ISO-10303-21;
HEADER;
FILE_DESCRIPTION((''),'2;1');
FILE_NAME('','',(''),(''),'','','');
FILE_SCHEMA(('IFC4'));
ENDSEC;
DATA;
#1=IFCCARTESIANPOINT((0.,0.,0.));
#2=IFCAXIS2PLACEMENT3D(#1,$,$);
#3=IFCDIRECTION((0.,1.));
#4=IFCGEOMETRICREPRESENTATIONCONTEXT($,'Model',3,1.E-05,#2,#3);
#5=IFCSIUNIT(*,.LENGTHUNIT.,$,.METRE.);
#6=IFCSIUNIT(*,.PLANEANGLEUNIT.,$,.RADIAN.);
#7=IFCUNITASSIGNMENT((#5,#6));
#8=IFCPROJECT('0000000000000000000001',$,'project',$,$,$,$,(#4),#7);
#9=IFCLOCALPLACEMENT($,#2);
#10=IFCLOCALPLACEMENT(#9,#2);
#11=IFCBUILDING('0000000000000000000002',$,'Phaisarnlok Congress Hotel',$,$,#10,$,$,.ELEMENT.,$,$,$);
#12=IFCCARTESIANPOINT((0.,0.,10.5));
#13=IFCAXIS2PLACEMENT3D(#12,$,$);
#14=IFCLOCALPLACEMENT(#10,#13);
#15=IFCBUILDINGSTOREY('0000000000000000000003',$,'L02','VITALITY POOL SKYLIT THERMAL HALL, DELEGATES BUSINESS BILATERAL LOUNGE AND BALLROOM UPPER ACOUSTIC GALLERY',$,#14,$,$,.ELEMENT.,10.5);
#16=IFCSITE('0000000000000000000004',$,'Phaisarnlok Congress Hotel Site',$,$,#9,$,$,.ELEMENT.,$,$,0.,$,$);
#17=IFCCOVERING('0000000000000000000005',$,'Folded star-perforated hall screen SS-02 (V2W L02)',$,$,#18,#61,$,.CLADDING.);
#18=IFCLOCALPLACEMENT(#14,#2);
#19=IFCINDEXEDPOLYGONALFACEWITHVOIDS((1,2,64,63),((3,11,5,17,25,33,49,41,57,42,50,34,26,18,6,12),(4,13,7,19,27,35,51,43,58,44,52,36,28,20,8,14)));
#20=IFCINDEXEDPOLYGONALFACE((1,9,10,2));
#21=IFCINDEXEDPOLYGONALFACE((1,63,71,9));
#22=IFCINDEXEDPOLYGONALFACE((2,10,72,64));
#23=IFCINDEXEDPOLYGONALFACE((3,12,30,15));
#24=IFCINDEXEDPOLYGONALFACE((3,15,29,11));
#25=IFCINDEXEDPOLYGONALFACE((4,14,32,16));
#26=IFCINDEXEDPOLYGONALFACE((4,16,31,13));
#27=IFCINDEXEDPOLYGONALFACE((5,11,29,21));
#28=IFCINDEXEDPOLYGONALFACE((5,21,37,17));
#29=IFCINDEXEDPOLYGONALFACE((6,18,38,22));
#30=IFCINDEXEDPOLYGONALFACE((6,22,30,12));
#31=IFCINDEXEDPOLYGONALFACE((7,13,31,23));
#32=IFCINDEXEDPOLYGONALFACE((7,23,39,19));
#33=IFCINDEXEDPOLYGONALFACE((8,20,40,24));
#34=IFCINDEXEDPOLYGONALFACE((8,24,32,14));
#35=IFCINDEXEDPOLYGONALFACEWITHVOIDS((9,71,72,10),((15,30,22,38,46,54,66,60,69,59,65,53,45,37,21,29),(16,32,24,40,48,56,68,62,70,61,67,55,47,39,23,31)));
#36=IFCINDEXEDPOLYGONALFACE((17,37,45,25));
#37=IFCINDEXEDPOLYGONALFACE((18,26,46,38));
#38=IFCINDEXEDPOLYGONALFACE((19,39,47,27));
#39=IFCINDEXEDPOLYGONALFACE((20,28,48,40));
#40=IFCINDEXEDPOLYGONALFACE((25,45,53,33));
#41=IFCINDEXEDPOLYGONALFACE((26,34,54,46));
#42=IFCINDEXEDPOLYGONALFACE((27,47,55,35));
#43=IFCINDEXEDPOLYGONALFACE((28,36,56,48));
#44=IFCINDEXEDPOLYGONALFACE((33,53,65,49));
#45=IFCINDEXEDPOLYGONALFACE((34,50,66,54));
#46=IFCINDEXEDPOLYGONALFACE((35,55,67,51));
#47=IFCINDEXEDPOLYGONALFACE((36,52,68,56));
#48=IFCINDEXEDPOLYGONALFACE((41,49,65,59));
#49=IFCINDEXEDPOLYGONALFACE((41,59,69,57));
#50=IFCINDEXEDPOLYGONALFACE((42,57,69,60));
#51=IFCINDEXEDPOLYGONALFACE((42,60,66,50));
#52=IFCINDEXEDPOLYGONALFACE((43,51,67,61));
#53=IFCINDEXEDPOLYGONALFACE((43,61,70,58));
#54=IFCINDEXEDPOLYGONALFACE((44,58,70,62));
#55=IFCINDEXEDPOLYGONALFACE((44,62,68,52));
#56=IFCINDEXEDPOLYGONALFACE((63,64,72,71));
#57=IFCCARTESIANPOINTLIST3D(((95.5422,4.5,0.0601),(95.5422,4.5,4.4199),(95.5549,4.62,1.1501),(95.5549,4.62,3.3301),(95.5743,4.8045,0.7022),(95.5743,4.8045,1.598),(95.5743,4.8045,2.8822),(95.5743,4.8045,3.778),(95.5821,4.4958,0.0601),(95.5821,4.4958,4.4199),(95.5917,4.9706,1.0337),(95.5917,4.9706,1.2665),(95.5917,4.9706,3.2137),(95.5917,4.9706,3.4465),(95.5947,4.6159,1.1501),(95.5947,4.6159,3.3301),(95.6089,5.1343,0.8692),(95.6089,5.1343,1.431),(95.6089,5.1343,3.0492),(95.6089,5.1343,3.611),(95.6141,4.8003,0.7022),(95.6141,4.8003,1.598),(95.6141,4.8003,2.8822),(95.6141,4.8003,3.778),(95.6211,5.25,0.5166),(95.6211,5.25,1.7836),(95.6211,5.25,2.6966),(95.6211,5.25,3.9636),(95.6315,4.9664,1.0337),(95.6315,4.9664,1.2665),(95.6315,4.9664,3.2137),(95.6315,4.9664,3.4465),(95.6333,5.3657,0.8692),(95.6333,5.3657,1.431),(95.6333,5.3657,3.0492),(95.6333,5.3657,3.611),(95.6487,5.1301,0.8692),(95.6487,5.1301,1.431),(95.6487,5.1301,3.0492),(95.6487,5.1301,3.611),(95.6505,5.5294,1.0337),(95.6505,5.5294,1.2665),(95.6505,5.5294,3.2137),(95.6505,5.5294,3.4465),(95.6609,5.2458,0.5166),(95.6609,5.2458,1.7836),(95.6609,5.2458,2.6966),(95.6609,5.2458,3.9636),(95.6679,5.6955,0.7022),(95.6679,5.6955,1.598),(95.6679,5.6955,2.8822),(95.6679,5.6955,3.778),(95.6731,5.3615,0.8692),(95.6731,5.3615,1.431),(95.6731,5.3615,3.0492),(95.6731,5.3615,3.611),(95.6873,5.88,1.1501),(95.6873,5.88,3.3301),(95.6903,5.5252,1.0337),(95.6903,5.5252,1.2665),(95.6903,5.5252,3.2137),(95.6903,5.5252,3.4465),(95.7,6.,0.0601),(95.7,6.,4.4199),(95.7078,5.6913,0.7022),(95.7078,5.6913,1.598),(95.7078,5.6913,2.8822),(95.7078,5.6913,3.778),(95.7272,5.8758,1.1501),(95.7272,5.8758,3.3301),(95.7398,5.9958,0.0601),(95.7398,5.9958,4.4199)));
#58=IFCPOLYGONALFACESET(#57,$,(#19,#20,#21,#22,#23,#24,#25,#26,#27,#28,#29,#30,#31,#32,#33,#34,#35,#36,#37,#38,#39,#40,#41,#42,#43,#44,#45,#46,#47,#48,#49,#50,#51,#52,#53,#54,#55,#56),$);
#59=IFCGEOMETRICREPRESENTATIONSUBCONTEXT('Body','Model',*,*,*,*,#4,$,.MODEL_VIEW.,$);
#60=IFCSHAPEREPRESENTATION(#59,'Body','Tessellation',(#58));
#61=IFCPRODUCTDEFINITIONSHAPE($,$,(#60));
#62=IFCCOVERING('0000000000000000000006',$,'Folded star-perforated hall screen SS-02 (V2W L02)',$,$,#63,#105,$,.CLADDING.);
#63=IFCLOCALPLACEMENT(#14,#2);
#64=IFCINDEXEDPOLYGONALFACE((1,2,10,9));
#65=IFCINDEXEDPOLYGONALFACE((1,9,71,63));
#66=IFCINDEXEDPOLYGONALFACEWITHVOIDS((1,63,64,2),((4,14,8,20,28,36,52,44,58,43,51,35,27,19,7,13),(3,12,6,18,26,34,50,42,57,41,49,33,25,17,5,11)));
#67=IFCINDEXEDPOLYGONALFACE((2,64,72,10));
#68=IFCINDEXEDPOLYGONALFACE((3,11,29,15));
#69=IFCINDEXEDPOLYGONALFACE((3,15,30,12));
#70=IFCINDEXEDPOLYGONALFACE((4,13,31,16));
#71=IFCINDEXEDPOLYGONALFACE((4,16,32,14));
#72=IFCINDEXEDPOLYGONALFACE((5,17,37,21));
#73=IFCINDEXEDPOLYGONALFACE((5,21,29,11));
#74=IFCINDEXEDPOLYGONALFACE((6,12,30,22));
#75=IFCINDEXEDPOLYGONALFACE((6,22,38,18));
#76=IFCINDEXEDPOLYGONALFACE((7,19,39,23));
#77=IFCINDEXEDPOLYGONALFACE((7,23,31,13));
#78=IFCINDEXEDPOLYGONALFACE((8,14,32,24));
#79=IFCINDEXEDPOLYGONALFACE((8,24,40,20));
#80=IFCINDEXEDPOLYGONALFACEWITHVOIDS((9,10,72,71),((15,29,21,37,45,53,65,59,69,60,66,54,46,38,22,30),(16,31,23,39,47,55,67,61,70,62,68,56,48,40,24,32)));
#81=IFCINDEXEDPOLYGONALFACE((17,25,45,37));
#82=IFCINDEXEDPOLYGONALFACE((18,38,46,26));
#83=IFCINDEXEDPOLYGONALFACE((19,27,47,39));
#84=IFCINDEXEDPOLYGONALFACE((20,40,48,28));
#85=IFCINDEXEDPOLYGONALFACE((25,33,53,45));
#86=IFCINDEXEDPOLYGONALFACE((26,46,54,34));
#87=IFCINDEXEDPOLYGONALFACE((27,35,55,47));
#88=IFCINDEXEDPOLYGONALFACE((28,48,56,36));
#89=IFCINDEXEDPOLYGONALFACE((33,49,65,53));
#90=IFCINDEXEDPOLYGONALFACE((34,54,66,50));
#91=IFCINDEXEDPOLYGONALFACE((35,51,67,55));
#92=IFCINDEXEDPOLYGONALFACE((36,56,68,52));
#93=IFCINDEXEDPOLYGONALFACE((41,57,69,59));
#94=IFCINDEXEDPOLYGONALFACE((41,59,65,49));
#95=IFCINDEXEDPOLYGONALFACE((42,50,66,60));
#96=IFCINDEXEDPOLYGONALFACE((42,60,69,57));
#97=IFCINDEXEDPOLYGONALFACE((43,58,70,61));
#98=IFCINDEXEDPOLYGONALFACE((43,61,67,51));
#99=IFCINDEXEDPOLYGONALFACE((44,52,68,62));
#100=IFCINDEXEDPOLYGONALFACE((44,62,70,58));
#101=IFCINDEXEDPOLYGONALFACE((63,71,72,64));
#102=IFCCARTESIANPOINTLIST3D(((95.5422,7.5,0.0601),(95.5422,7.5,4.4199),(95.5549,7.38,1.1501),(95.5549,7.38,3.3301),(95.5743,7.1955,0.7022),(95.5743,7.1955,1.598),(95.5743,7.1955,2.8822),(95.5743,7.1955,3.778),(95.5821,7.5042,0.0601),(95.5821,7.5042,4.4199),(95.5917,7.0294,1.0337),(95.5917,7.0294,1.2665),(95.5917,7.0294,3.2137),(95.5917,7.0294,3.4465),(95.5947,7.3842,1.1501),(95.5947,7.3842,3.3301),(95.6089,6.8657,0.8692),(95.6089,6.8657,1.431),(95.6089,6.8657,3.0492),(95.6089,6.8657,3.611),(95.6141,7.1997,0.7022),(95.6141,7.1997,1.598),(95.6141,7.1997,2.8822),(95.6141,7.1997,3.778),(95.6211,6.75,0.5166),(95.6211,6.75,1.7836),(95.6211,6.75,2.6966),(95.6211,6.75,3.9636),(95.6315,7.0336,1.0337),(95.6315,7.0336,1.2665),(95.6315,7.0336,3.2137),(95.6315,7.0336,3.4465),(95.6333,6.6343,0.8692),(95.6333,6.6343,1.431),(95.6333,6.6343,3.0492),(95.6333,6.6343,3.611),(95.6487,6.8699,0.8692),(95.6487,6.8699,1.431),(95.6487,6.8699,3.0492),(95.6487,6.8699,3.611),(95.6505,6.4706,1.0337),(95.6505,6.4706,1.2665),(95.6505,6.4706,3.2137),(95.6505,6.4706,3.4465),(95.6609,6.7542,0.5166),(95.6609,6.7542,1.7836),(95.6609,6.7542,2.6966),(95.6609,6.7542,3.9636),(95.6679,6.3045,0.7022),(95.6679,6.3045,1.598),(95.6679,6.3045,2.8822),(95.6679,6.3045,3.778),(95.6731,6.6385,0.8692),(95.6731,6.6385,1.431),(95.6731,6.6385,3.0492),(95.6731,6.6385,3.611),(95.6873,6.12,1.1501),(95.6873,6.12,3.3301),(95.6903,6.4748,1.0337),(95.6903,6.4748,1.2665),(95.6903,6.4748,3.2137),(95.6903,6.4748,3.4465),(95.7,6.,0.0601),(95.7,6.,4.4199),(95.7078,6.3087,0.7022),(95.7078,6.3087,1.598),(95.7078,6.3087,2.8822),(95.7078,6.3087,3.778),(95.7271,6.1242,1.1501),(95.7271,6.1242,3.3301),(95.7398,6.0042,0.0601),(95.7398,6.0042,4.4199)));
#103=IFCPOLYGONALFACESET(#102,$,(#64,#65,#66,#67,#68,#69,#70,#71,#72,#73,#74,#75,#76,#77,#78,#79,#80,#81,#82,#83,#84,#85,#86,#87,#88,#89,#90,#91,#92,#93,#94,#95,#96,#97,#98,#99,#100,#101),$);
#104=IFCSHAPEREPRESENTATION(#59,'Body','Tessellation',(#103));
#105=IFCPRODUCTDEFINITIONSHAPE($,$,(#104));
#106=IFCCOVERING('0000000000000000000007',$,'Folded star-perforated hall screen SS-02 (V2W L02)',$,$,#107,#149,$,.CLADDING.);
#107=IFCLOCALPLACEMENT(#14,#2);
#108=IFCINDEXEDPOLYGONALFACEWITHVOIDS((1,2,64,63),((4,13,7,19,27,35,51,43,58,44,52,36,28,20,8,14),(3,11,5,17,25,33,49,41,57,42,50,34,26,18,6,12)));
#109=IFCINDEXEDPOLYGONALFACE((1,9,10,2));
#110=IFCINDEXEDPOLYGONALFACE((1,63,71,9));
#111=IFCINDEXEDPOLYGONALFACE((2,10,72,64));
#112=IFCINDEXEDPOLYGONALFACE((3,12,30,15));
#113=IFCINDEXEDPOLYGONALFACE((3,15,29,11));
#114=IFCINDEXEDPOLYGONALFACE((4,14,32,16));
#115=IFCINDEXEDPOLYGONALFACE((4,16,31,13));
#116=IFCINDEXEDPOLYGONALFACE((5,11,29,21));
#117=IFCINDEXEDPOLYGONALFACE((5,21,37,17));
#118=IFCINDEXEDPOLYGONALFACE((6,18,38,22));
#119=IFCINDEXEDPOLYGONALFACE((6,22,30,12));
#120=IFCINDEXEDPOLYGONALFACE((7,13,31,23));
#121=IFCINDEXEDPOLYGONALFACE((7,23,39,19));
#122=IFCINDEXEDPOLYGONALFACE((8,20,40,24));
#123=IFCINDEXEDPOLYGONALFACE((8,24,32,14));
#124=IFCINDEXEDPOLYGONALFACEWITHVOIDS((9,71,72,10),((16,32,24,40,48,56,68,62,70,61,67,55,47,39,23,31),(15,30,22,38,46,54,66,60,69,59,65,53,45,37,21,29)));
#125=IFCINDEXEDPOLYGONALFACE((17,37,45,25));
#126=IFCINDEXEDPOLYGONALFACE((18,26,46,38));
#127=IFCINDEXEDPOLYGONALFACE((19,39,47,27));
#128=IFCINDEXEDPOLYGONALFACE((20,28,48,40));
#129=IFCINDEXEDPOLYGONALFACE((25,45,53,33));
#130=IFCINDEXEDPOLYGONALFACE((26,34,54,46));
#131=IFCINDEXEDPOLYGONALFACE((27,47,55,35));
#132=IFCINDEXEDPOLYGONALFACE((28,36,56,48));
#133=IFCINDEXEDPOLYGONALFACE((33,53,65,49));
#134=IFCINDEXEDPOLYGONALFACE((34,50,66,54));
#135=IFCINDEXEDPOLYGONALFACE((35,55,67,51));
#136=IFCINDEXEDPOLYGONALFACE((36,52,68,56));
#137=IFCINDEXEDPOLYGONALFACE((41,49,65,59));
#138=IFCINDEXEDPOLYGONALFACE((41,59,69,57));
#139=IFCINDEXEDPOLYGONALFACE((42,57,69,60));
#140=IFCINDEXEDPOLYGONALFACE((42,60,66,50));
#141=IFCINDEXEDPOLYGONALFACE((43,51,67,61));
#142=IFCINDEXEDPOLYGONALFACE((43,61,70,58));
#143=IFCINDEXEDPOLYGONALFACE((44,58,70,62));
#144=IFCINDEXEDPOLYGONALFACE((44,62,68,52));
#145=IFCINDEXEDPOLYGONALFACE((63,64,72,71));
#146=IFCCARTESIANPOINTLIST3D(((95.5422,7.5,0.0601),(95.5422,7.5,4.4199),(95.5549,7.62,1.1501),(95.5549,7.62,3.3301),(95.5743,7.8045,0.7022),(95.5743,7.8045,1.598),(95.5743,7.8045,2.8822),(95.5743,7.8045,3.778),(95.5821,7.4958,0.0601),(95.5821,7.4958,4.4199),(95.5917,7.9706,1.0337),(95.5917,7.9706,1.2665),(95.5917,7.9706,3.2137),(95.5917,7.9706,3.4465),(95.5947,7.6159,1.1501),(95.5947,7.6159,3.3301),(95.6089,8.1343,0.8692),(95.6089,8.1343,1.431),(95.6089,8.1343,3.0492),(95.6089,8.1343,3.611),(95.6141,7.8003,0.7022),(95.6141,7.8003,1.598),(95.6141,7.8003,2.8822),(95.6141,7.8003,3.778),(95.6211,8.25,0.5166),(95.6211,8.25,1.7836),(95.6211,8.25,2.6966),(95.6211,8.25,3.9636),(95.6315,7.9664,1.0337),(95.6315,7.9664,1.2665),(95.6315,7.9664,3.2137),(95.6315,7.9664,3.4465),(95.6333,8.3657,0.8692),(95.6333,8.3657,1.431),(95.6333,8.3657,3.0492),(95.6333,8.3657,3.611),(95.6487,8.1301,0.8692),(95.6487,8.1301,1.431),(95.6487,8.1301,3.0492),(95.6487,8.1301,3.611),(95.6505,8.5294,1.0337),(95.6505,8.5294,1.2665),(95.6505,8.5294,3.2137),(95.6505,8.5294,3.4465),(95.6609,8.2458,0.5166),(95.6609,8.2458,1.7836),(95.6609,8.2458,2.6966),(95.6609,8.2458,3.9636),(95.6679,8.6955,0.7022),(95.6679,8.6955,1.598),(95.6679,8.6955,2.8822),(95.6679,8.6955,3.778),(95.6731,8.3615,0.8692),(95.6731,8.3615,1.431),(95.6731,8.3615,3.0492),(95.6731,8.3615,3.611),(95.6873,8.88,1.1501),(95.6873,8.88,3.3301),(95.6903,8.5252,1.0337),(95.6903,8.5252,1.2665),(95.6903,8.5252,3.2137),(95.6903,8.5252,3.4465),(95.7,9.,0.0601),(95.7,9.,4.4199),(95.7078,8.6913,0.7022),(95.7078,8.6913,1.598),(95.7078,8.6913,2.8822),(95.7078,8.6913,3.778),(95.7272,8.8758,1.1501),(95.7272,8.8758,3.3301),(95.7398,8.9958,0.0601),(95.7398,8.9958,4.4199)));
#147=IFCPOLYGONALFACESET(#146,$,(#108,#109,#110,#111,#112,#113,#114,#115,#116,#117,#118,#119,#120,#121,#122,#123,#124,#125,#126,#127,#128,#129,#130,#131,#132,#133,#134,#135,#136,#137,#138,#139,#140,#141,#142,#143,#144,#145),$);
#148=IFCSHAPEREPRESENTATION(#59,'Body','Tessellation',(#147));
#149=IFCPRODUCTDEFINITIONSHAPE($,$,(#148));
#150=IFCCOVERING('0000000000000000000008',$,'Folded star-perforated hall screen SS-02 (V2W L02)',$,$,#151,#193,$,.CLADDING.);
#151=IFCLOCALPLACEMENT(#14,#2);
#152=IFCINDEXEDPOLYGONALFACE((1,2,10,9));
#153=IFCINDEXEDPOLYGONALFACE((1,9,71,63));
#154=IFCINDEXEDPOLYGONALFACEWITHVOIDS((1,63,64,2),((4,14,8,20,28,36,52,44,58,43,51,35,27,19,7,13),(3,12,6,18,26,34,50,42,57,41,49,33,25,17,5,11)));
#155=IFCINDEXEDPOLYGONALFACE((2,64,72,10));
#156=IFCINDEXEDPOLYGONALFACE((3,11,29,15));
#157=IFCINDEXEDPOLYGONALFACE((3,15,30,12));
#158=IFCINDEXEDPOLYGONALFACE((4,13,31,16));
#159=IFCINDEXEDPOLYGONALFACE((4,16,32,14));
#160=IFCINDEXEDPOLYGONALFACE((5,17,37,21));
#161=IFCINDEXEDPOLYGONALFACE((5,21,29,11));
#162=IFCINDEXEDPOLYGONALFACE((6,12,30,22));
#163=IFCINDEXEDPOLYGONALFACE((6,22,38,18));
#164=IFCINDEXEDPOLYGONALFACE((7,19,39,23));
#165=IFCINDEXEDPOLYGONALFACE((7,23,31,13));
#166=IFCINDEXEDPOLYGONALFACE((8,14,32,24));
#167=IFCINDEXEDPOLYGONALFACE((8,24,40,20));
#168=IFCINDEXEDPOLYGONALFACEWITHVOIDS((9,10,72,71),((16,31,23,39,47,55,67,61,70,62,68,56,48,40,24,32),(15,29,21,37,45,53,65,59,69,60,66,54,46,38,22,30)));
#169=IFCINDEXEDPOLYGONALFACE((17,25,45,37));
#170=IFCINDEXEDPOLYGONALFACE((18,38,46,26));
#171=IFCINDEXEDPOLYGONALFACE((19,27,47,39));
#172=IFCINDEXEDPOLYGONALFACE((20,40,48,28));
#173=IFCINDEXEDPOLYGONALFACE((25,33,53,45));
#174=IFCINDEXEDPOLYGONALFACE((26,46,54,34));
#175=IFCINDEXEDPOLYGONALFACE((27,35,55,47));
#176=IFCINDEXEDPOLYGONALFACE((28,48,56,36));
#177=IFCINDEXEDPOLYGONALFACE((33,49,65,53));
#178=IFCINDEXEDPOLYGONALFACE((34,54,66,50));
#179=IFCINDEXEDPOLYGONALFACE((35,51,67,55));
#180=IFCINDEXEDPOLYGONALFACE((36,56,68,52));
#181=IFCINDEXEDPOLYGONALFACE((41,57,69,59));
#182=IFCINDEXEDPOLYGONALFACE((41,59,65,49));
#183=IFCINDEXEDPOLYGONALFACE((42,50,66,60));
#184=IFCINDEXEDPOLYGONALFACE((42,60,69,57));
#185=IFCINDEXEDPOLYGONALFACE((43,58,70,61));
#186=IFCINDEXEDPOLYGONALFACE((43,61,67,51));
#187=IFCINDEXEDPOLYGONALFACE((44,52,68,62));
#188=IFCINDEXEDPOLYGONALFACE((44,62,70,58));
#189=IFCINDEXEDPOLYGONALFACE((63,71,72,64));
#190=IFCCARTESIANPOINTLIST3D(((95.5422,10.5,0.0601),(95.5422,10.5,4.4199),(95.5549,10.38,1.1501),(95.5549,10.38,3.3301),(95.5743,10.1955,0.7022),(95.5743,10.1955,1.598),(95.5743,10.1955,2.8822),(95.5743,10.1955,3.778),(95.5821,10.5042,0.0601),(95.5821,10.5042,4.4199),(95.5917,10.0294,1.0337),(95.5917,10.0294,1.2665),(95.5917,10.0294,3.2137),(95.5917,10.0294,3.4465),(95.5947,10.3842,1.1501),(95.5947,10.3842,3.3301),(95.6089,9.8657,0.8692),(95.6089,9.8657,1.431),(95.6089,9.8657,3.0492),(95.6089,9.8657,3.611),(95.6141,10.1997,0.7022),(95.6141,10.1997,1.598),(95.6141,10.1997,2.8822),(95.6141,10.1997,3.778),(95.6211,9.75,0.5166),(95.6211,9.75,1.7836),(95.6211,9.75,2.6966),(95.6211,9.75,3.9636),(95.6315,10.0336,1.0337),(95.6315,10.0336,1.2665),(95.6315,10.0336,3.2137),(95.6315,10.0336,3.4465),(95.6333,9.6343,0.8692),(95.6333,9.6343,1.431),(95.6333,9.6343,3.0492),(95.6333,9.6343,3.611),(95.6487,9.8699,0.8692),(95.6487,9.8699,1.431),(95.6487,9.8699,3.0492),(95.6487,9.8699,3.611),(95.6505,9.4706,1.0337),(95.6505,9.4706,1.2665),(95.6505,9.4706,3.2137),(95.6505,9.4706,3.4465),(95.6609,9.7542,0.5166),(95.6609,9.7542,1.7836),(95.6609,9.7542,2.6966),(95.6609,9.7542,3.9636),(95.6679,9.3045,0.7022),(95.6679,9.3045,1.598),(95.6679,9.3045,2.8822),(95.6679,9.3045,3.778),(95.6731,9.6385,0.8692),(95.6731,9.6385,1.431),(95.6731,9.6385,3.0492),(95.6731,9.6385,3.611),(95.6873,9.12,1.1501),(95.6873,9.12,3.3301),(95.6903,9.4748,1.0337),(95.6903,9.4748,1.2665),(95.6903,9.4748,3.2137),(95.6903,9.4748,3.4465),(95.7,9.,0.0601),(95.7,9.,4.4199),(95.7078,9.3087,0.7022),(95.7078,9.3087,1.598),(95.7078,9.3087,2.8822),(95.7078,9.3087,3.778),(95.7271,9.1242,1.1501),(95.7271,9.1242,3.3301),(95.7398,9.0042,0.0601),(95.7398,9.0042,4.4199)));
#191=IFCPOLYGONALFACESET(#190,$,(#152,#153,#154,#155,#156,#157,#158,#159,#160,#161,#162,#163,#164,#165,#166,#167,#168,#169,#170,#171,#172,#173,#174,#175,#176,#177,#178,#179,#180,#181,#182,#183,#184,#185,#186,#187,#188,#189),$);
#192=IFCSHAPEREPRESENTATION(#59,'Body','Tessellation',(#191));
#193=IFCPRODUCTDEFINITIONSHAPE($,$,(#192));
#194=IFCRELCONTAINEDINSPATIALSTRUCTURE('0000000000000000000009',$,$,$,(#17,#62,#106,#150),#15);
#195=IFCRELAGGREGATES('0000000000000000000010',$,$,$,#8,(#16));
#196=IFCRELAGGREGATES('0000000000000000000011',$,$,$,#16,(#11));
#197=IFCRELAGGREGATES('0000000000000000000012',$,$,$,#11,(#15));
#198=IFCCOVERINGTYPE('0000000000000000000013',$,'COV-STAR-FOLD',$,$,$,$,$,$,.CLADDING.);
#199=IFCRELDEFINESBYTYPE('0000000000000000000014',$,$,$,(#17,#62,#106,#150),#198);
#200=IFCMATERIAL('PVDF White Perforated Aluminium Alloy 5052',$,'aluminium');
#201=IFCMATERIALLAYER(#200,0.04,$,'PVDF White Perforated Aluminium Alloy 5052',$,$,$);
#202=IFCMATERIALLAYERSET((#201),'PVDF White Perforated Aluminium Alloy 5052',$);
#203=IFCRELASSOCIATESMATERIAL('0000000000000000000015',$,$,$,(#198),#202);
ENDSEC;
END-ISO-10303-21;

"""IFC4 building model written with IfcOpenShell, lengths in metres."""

from ifc_helpers import new_model, si_unit, direction, frame, origin, place, context, subcontext, project, spatial, polyline, outline, extrude, material, layer, layer_set, type_object, element, save


model = new_model("IFC4")

# Units and contexts
model_context = context("Model", 3, precision=1e-05, world=origin(), true_north=direction((0.0, 1.0)))
body_context = subcontext(model_context, "Body", "Model", "MODEL_VIEW")
ifc_project = project(units=[si_unit("LENGTHUNIT", "METRE"), si_unit("PLANEANGLEUNIT", "RADIAN")], contexts=[model_context])

# Site, building, storey
site_placement = place(None, origin())
site = spatial("IfcSite", under=ifc_project, at=site_placement, Name="Phaisarnlok Congress Hotel Site", CompositionType="ELEMENT", RefElevation=0.0)
building_placement = place(site_placement, origin())
building = spatial("IfcBuilding", under=site, at=building_placement, Name="Phaisarnlok Congress Hotel", CompositionType="ELEMENT")
storey_placement = place(building_placement, frame((0.0, 0.0, 10.5)))
storey = spatial("IfcBuildingStorey", under=building, at=storey_placement, Name="L02", Description="VITALITY POOL SKYLIT THERMAL HALL, DELEGATES BUSINESS BILATERAL LOUNGE AND BALLROOM UPPER ACOUSTIC GALLERY", CompositionType="ELEMENT", Elevation=10.5)

# Coverings
ifc_material_1 = material(Name="PVDF White Perforated Aluminium Alloy 5052", Category="aluminium")
ifc_layer_1 = layer(ifc_material_1, 0.04, Name="PVDF White Perforated Aluminium Alloy 5052")
ifc_layer_set_1 = layer_set([ifc_layer_1], Name="PVDF White Perforated Aluminium Alloy 5052")
covering_type = type_object("IfcCoveringType", Name="COV-STAR-FOLD", PredefinedType="CLADDING", material=ifc_layer_set_1)
for number, where, z_axis, x_axis, name in (
    (1, (95.5422, 4.5, 0.0601), (0.994518, -0.104567, 0.0), (0.104567, 0.994518, 0.0), "Folded star-perforated hall screen SS-02 (V2W L02)"),
    (2, (95.7, 6.0, 0.0601), (0.994518, 0.104567, 0.0), (-0.104567, 0.994518, 0.0), "Folded star-perforated hall screen SS-02 (V2W L02)"),
    (3, (95.5422, 7.5, 0.0601), (0.994518, -0.104567, 0.0), (0.104567, 0.994518, 0.0), "Folded star-perforated hall screen SS-02 (V2W L02)"),
    (4, (95.7, 9.0, 0.0601), (0.994518, 0.104567, 0.0), (-0.104567, 0.994518, 0.0), "Folded star-perforated hall screen SS-02 (V2W L02)"),
):
    element("IfcCovering", number, at=place(storey_placement, frame(where, z_axis=z_axis, x_axis=x_axis)), inside=storey, type_object=covering_type, Name=name, PredefinedType="CLADDING", context=body_context, shape_type="SweptSolid", body=[
        extrude(outline(polyline([(0.0, 0.0), (1.5083, 0.0), (1.5083, 4.3599), (0.0, 4.3599), (0.0, 0.0)]), holes=[polyline([(1.0351, 0.9736), (1.2021, 0.6421), (0.8705, 0.8091), (0.7541, 0.4565), (0.6378, 0.8091), (0.3062, 0.6421), (0.4732, 0.9736), (0.1207, 1.09), (0.4732, 1.2064), (0.3062, 1.5379), (0.6378, 1.3709), (0.7541, 1.7235), (0.8705, 1.3709), (1.2021, 1.5379), (1.0351, 1.2064), (1.3876, 1.09), (1.0351, 0.9736)]), polyline([(1.0351, 3.1536), (1.2021, 2.8221), (0.8705, 2.9891), (0.7541, 2.6365), (0.6378, 2.9891), (0.3062, 2.8221), (0.4732, 3.1536), (0.1207, 3.27), (0.4732, 3.3864), (0.3062, 3.7179), (0.6378, 3.5509), (0.7541, 3.9035), (0.8705, 3.5509), (1.2021, 3.7179), (1.0351, 3.3864), (1.3876, 3.27), (1.0351, 3.1536)])]), origin(), (0.0, 0.0, 1.0), 0.04),
    ])

save(model, "model.ifc")
